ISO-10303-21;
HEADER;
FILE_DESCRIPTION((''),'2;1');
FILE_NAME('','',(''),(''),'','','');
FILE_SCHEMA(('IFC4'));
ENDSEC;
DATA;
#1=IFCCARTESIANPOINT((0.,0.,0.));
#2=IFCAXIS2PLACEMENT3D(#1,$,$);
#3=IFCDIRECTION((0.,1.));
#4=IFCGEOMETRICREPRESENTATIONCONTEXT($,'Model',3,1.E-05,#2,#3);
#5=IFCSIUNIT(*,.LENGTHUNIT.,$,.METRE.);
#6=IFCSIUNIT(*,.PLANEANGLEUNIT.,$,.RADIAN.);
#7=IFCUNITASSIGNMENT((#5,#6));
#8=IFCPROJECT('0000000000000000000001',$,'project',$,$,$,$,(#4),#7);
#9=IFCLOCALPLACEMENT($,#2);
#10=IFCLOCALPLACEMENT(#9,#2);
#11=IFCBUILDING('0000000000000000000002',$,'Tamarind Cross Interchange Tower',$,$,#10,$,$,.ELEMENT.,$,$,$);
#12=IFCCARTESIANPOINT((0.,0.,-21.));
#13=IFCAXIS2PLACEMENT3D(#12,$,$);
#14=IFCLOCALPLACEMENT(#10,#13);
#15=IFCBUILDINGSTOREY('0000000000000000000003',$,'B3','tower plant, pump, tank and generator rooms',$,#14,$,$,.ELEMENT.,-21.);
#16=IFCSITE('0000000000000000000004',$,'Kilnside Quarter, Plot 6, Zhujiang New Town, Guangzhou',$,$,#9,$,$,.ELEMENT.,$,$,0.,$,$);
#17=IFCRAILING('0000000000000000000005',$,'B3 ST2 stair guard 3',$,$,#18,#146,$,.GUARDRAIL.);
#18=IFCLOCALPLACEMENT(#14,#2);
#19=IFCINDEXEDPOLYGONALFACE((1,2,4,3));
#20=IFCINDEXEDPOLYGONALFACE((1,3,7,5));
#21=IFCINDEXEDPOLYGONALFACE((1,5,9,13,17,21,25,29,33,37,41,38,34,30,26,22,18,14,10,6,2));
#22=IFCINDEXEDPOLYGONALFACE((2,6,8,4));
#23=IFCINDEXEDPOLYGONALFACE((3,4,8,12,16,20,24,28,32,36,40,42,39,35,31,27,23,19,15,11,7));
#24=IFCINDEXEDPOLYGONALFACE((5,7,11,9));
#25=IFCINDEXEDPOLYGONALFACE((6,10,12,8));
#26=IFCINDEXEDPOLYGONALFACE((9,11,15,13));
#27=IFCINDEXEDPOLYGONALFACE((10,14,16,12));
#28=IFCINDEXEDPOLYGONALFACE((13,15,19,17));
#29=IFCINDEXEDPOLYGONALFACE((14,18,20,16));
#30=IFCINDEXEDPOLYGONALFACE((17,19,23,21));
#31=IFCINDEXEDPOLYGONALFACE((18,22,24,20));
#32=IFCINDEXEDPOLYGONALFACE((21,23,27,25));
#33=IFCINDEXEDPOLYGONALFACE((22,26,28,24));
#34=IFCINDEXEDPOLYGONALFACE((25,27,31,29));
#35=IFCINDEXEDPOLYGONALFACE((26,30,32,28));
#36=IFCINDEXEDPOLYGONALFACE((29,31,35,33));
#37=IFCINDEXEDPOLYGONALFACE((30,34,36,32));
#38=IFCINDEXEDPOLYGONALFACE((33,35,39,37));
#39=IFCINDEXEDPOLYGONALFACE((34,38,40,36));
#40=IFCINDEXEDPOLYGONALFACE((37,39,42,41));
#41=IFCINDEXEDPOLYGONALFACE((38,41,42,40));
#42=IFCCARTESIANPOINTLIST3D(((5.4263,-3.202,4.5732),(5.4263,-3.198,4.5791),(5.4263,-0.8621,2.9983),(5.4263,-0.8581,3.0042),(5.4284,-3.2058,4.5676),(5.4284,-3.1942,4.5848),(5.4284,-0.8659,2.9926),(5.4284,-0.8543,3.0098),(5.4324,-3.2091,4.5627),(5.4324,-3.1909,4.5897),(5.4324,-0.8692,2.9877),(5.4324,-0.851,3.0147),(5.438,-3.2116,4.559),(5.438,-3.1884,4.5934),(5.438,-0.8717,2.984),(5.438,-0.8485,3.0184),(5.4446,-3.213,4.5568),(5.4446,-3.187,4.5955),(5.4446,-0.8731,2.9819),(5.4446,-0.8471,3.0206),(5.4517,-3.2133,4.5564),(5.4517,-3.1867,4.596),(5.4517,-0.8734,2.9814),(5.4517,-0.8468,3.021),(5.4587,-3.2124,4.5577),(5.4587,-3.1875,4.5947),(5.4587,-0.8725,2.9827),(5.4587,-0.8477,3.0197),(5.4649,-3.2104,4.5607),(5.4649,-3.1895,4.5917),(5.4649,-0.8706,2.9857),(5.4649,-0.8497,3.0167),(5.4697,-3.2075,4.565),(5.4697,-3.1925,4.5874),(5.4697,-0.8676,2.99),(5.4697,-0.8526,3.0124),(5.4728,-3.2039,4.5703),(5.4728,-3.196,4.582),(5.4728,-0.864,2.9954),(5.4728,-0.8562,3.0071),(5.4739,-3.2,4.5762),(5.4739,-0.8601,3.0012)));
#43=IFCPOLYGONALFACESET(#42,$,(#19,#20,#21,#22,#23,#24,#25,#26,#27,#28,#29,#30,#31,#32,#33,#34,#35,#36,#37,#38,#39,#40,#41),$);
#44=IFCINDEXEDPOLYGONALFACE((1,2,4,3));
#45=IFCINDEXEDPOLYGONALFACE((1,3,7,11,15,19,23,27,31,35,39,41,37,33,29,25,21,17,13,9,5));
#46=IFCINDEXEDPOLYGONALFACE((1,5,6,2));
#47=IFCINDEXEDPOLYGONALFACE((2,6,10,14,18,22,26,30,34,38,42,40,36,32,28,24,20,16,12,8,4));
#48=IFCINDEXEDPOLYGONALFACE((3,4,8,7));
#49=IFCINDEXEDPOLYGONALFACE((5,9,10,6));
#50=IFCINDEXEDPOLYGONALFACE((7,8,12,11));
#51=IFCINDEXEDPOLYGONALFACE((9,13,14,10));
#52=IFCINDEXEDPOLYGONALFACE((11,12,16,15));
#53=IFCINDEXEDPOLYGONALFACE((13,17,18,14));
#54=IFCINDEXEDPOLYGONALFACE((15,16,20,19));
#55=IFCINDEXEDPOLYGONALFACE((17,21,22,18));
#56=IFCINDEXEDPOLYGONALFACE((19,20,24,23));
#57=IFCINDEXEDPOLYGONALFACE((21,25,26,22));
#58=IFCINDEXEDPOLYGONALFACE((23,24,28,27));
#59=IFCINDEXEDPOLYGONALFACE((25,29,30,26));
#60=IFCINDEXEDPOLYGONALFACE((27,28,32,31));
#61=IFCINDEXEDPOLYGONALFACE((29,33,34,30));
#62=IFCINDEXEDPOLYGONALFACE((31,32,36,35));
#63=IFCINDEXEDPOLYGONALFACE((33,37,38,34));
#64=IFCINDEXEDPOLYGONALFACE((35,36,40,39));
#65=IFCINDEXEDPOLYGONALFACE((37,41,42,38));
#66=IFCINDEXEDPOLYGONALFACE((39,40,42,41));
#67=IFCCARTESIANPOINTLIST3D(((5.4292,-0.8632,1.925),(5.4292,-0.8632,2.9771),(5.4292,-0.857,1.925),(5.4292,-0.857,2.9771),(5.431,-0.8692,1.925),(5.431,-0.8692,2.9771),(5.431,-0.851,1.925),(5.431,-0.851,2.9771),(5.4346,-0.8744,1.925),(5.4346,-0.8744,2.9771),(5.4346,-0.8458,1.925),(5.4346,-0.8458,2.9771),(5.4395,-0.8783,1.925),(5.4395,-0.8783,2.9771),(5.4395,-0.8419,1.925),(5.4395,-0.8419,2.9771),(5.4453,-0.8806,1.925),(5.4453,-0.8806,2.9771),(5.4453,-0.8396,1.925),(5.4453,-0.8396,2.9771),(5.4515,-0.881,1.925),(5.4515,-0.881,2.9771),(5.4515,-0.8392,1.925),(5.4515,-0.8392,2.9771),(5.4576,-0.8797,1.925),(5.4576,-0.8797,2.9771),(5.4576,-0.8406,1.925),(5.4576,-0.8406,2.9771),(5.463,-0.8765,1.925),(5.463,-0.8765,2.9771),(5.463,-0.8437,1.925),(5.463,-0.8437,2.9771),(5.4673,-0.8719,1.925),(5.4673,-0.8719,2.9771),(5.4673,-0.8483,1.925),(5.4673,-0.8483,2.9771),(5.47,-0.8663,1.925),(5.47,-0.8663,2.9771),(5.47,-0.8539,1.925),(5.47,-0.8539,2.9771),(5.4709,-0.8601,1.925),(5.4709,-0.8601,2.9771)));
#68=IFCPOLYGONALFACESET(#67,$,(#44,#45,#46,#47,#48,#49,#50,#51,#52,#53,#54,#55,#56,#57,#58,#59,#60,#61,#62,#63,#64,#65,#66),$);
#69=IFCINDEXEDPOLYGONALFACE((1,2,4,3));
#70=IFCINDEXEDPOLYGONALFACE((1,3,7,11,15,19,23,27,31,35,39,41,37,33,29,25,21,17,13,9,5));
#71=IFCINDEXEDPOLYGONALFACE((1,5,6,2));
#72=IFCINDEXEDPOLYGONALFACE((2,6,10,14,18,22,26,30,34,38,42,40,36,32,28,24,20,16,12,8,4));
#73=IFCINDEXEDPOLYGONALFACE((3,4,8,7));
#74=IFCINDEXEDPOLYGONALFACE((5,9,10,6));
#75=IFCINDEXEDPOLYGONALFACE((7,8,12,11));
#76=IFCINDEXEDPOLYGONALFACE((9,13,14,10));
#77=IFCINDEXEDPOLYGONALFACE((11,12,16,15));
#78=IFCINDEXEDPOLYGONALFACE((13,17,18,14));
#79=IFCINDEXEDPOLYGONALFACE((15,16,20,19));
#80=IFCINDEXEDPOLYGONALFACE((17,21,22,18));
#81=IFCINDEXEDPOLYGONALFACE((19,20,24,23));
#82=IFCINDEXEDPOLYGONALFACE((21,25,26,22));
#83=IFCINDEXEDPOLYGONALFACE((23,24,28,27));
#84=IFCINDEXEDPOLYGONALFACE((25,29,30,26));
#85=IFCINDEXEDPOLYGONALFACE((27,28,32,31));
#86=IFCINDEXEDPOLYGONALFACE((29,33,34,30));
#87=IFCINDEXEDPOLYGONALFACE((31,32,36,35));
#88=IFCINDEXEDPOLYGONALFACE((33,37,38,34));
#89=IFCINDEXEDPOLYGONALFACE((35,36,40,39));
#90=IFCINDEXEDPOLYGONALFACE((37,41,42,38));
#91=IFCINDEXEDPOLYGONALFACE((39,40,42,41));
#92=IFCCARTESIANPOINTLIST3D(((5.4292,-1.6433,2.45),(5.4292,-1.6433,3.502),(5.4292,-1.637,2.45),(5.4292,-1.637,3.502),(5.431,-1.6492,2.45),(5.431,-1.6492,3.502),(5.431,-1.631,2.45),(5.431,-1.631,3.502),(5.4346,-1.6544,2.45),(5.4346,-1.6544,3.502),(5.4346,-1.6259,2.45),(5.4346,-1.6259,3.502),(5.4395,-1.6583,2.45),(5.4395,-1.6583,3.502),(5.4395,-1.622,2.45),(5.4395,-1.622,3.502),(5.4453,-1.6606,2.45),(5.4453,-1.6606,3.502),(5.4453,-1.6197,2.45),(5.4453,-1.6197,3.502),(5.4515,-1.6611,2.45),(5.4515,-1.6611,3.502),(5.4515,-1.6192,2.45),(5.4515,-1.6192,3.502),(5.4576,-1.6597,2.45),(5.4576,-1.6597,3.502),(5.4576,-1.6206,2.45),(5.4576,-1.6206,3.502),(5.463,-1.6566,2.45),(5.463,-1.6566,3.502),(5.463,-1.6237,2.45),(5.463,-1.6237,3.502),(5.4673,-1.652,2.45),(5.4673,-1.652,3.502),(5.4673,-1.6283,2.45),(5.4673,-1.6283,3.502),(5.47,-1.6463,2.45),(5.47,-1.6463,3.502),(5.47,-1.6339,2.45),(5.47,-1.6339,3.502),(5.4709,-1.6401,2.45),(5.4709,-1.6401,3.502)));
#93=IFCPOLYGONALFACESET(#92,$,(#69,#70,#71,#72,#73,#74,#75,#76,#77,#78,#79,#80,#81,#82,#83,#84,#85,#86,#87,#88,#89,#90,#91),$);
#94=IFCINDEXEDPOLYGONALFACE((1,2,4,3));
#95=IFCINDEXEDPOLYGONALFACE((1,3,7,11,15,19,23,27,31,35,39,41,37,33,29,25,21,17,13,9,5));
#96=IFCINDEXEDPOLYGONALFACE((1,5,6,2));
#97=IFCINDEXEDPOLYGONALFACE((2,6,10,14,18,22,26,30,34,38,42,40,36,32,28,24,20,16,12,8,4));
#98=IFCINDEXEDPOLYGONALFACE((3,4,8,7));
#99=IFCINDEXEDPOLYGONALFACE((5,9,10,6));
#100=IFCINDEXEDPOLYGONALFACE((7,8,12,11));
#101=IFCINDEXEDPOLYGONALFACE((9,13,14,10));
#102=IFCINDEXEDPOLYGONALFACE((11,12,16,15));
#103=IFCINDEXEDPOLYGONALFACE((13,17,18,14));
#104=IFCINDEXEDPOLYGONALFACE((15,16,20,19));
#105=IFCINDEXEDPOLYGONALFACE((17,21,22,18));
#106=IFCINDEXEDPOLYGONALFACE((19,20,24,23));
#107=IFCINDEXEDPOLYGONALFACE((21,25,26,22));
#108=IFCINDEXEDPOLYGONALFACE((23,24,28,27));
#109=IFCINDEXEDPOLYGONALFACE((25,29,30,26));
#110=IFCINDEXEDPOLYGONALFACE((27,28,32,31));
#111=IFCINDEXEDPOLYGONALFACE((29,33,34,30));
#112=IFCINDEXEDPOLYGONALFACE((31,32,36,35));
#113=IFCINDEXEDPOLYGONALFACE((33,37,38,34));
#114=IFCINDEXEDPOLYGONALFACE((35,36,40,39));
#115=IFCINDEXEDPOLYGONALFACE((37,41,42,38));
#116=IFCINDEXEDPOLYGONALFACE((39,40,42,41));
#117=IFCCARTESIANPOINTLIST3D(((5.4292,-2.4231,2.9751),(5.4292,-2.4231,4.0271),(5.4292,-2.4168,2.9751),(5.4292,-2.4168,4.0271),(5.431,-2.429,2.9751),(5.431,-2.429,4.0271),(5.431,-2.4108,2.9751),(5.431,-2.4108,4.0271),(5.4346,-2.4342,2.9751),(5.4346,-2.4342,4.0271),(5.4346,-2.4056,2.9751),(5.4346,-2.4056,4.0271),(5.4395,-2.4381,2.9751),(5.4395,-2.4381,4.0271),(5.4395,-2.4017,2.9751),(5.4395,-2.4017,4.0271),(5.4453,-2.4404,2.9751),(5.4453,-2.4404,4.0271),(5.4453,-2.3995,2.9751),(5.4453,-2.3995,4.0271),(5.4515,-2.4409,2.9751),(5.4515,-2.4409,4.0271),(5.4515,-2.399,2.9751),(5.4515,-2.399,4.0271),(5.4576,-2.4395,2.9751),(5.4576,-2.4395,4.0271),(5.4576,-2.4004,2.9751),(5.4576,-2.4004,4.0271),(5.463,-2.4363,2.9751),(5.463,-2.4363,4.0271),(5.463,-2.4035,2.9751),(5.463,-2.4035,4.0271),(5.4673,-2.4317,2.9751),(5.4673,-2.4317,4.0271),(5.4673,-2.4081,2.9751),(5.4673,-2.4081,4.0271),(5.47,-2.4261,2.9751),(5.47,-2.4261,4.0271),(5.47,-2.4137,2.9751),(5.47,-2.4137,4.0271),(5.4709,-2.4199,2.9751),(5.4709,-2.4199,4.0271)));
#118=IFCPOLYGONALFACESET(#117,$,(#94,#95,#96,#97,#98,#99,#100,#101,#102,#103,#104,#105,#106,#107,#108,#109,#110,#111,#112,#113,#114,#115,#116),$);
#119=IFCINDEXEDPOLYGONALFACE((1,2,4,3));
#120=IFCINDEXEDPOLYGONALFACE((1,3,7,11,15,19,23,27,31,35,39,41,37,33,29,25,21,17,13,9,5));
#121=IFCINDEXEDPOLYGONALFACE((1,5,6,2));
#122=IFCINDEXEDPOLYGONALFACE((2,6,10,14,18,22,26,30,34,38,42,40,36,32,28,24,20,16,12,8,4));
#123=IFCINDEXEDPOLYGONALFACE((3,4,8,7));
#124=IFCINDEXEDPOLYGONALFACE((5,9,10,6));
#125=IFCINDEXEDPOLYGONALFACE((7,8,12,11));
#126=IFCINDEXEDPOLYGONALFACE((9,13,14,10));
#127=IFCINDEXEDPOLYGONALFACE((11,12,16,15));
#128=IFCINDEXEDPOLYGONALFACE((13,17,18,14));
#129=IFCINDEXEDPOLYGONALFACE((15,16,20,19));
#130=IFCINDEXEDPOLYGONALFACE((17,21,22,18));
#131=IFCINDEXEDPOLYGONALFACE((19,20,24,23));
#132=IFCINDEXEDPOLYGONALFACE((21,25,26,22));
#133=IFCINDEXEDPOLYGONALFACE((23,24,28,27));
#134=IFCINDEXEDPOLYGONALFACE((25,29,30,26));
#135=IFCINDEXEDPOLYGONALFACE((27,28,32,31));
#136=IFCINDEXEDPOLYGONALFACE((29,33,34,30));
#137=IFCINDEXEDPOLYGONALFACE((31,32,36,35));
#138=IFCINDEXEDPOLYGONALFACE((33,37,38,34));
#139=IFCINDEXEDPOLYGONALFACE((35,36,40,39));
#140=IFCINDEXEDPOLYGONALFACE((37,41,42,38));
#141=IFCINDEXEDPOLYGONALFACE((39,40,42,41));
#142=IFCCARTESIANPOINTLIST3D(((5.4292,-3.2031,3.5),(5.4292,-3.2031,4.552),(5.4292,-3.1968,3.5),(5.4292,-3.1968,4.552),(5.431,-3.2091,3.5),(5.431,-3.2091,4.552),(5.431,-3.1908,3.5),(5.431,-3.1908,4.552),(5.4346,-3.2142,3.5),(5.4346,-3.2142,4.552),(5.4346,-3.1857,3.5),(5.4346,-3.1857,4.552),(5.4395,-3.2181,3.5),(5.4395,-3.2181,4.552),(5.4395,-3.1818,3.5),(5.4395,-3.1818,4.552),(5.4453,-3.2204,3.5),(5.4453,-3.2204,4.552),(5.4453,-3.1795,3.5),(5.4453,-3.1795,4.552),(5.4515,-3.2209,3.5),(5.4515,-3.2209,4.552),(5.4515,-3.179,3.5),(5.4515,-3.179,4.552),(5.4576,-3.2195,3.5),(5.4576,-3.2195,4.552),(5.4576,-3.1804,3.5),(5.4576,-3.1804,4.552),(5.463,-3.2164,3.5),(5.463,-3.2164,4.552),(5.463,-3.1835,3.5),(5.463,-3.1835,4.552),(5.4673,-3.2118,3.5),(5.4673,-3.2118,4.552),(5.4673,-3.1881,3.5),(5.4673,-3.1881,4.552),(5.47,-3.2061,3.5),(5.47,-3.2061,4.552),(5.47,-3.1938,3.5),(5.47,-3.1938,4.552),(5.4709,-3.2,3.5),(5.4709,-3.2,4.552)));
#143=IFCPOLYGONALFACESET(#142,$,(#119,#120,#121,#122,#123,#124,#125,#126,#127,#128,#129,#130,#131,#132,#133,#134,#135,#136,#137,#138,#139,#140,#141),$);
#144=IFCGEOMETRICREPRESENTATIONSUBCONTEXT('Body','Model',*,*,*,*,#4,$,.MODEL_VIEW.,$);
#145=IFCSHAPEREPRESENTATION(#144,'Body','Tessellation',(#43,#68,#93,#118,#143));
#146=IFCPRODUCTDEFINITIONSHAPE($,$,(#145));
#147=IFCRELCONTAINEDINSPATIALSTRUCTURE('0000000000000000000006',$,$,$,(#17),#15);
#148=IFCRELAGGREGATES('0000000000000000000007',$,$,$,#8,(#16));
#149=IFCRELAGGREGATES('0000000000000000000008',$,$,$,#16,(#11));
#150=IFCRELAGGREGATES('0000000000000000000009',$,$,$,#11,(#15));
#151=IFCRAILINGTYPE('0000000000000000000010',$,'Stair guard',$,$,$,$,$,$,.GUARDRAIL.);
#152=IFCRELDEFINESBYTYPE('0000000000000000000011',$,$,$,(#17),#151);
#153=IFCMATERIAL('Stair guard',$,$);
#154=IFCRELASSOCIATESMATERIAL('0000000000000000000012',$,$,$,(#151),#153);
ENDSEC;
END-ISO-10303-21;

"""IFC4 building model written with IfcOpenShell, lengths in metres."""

from ifc_helpers import new_model, si_unit, direction, frame, origin, origin_2d, place, context, subcontext, project, spatial, circle, extrude, material, type_object, element, save


model = new_model("IFC4")

# Units and contexts
model_context = context("Model", 3, precision=1e-05, world=origin(), true_north=direction((0.0, 1.0)))
body_context = subcontext(model_context, "Body", "Model", "MODEL_VIEW")
ifc_project = project(units=[si_unit("LENGTHUNIT", "METRE"), si_unit("PLANEANGLEUNIT", "RADIAN")], contexts=[model_context])

# Site, building, storey
site_placement = place(None, origin())
site = spatial("IfcSite", under=ifc_project, at=site_placement, Name="Kilnside Quarter, Plot 6, Zhujiang New Town, Guangzhou", CompositionType="ELEMENT", RefElevation=0.0)
building_placement = place(site_placement, origin())
building = spatial("IfcBuilding", under=site, at=building_placement, Name="Tamarind Cross Interchange Tower", CompositionType="ELEMENT")
storey_placement = place(building_placement, frame((0.0, 0.0, -21.0)))
storey = spatial("IfcBuildingStorey", under=building, at=storey_placement, Name="B3", Description="tower plant, pump, tank and generator rooms", CompositionType="ELEMENT", Elevation=-21.0)

# Railing
ifc_material_1 = material(Name="Stair guard")
railing_type_1 = type_object("IfcRailingType", Name="Stair guard", PredefinedType="GUARDRAIL", material=ifc_material_1)
railing_1_placement = place(storey_placement, frame((5.45, -0.8601, 1.925)))
element("IfcRailing", 1, at=railing_1_placement, inside=storey, type_object=railing_type_1, Name="B3 ST2 stair guard 3", PredefinedType="GUARDRAIL", context=body_context, shape_type="SweptSolid", body=[
    extrude(circle(Radius=0.0239, at=origin_2d()), frame((0.0, 0.0, 1.0762), z_axis=(0.0, -0.829578, 0.55839), x_axis=(1.0, 0.0, 0.0)), (0.0, 0.0, 1.0), 2.8206),
    extrude(circle(Radius=0.021, at=origin_2d()), origin(), (0.0, 0.0, 1.0), 1.052),
    extrude(circle(Radius=0.021, at=origin_2d()), frame((0.0, -0.78, 0.5249)), (0.0, 0.0, 1.0), 1.052),
    extrude(circle(Radius=0.021, at=origin_2d()), frame((0.0, -1.5598, 1.05)), (0.0, 0.0, 1.0), 1.052),
    extrude(circle(Radius=0.021, at=origin_2d()), frame((0.0, -2.3398, 1.575)), (0.0, 0.0, 1.0), 1.052),
])

save(model, "model.ifc")
